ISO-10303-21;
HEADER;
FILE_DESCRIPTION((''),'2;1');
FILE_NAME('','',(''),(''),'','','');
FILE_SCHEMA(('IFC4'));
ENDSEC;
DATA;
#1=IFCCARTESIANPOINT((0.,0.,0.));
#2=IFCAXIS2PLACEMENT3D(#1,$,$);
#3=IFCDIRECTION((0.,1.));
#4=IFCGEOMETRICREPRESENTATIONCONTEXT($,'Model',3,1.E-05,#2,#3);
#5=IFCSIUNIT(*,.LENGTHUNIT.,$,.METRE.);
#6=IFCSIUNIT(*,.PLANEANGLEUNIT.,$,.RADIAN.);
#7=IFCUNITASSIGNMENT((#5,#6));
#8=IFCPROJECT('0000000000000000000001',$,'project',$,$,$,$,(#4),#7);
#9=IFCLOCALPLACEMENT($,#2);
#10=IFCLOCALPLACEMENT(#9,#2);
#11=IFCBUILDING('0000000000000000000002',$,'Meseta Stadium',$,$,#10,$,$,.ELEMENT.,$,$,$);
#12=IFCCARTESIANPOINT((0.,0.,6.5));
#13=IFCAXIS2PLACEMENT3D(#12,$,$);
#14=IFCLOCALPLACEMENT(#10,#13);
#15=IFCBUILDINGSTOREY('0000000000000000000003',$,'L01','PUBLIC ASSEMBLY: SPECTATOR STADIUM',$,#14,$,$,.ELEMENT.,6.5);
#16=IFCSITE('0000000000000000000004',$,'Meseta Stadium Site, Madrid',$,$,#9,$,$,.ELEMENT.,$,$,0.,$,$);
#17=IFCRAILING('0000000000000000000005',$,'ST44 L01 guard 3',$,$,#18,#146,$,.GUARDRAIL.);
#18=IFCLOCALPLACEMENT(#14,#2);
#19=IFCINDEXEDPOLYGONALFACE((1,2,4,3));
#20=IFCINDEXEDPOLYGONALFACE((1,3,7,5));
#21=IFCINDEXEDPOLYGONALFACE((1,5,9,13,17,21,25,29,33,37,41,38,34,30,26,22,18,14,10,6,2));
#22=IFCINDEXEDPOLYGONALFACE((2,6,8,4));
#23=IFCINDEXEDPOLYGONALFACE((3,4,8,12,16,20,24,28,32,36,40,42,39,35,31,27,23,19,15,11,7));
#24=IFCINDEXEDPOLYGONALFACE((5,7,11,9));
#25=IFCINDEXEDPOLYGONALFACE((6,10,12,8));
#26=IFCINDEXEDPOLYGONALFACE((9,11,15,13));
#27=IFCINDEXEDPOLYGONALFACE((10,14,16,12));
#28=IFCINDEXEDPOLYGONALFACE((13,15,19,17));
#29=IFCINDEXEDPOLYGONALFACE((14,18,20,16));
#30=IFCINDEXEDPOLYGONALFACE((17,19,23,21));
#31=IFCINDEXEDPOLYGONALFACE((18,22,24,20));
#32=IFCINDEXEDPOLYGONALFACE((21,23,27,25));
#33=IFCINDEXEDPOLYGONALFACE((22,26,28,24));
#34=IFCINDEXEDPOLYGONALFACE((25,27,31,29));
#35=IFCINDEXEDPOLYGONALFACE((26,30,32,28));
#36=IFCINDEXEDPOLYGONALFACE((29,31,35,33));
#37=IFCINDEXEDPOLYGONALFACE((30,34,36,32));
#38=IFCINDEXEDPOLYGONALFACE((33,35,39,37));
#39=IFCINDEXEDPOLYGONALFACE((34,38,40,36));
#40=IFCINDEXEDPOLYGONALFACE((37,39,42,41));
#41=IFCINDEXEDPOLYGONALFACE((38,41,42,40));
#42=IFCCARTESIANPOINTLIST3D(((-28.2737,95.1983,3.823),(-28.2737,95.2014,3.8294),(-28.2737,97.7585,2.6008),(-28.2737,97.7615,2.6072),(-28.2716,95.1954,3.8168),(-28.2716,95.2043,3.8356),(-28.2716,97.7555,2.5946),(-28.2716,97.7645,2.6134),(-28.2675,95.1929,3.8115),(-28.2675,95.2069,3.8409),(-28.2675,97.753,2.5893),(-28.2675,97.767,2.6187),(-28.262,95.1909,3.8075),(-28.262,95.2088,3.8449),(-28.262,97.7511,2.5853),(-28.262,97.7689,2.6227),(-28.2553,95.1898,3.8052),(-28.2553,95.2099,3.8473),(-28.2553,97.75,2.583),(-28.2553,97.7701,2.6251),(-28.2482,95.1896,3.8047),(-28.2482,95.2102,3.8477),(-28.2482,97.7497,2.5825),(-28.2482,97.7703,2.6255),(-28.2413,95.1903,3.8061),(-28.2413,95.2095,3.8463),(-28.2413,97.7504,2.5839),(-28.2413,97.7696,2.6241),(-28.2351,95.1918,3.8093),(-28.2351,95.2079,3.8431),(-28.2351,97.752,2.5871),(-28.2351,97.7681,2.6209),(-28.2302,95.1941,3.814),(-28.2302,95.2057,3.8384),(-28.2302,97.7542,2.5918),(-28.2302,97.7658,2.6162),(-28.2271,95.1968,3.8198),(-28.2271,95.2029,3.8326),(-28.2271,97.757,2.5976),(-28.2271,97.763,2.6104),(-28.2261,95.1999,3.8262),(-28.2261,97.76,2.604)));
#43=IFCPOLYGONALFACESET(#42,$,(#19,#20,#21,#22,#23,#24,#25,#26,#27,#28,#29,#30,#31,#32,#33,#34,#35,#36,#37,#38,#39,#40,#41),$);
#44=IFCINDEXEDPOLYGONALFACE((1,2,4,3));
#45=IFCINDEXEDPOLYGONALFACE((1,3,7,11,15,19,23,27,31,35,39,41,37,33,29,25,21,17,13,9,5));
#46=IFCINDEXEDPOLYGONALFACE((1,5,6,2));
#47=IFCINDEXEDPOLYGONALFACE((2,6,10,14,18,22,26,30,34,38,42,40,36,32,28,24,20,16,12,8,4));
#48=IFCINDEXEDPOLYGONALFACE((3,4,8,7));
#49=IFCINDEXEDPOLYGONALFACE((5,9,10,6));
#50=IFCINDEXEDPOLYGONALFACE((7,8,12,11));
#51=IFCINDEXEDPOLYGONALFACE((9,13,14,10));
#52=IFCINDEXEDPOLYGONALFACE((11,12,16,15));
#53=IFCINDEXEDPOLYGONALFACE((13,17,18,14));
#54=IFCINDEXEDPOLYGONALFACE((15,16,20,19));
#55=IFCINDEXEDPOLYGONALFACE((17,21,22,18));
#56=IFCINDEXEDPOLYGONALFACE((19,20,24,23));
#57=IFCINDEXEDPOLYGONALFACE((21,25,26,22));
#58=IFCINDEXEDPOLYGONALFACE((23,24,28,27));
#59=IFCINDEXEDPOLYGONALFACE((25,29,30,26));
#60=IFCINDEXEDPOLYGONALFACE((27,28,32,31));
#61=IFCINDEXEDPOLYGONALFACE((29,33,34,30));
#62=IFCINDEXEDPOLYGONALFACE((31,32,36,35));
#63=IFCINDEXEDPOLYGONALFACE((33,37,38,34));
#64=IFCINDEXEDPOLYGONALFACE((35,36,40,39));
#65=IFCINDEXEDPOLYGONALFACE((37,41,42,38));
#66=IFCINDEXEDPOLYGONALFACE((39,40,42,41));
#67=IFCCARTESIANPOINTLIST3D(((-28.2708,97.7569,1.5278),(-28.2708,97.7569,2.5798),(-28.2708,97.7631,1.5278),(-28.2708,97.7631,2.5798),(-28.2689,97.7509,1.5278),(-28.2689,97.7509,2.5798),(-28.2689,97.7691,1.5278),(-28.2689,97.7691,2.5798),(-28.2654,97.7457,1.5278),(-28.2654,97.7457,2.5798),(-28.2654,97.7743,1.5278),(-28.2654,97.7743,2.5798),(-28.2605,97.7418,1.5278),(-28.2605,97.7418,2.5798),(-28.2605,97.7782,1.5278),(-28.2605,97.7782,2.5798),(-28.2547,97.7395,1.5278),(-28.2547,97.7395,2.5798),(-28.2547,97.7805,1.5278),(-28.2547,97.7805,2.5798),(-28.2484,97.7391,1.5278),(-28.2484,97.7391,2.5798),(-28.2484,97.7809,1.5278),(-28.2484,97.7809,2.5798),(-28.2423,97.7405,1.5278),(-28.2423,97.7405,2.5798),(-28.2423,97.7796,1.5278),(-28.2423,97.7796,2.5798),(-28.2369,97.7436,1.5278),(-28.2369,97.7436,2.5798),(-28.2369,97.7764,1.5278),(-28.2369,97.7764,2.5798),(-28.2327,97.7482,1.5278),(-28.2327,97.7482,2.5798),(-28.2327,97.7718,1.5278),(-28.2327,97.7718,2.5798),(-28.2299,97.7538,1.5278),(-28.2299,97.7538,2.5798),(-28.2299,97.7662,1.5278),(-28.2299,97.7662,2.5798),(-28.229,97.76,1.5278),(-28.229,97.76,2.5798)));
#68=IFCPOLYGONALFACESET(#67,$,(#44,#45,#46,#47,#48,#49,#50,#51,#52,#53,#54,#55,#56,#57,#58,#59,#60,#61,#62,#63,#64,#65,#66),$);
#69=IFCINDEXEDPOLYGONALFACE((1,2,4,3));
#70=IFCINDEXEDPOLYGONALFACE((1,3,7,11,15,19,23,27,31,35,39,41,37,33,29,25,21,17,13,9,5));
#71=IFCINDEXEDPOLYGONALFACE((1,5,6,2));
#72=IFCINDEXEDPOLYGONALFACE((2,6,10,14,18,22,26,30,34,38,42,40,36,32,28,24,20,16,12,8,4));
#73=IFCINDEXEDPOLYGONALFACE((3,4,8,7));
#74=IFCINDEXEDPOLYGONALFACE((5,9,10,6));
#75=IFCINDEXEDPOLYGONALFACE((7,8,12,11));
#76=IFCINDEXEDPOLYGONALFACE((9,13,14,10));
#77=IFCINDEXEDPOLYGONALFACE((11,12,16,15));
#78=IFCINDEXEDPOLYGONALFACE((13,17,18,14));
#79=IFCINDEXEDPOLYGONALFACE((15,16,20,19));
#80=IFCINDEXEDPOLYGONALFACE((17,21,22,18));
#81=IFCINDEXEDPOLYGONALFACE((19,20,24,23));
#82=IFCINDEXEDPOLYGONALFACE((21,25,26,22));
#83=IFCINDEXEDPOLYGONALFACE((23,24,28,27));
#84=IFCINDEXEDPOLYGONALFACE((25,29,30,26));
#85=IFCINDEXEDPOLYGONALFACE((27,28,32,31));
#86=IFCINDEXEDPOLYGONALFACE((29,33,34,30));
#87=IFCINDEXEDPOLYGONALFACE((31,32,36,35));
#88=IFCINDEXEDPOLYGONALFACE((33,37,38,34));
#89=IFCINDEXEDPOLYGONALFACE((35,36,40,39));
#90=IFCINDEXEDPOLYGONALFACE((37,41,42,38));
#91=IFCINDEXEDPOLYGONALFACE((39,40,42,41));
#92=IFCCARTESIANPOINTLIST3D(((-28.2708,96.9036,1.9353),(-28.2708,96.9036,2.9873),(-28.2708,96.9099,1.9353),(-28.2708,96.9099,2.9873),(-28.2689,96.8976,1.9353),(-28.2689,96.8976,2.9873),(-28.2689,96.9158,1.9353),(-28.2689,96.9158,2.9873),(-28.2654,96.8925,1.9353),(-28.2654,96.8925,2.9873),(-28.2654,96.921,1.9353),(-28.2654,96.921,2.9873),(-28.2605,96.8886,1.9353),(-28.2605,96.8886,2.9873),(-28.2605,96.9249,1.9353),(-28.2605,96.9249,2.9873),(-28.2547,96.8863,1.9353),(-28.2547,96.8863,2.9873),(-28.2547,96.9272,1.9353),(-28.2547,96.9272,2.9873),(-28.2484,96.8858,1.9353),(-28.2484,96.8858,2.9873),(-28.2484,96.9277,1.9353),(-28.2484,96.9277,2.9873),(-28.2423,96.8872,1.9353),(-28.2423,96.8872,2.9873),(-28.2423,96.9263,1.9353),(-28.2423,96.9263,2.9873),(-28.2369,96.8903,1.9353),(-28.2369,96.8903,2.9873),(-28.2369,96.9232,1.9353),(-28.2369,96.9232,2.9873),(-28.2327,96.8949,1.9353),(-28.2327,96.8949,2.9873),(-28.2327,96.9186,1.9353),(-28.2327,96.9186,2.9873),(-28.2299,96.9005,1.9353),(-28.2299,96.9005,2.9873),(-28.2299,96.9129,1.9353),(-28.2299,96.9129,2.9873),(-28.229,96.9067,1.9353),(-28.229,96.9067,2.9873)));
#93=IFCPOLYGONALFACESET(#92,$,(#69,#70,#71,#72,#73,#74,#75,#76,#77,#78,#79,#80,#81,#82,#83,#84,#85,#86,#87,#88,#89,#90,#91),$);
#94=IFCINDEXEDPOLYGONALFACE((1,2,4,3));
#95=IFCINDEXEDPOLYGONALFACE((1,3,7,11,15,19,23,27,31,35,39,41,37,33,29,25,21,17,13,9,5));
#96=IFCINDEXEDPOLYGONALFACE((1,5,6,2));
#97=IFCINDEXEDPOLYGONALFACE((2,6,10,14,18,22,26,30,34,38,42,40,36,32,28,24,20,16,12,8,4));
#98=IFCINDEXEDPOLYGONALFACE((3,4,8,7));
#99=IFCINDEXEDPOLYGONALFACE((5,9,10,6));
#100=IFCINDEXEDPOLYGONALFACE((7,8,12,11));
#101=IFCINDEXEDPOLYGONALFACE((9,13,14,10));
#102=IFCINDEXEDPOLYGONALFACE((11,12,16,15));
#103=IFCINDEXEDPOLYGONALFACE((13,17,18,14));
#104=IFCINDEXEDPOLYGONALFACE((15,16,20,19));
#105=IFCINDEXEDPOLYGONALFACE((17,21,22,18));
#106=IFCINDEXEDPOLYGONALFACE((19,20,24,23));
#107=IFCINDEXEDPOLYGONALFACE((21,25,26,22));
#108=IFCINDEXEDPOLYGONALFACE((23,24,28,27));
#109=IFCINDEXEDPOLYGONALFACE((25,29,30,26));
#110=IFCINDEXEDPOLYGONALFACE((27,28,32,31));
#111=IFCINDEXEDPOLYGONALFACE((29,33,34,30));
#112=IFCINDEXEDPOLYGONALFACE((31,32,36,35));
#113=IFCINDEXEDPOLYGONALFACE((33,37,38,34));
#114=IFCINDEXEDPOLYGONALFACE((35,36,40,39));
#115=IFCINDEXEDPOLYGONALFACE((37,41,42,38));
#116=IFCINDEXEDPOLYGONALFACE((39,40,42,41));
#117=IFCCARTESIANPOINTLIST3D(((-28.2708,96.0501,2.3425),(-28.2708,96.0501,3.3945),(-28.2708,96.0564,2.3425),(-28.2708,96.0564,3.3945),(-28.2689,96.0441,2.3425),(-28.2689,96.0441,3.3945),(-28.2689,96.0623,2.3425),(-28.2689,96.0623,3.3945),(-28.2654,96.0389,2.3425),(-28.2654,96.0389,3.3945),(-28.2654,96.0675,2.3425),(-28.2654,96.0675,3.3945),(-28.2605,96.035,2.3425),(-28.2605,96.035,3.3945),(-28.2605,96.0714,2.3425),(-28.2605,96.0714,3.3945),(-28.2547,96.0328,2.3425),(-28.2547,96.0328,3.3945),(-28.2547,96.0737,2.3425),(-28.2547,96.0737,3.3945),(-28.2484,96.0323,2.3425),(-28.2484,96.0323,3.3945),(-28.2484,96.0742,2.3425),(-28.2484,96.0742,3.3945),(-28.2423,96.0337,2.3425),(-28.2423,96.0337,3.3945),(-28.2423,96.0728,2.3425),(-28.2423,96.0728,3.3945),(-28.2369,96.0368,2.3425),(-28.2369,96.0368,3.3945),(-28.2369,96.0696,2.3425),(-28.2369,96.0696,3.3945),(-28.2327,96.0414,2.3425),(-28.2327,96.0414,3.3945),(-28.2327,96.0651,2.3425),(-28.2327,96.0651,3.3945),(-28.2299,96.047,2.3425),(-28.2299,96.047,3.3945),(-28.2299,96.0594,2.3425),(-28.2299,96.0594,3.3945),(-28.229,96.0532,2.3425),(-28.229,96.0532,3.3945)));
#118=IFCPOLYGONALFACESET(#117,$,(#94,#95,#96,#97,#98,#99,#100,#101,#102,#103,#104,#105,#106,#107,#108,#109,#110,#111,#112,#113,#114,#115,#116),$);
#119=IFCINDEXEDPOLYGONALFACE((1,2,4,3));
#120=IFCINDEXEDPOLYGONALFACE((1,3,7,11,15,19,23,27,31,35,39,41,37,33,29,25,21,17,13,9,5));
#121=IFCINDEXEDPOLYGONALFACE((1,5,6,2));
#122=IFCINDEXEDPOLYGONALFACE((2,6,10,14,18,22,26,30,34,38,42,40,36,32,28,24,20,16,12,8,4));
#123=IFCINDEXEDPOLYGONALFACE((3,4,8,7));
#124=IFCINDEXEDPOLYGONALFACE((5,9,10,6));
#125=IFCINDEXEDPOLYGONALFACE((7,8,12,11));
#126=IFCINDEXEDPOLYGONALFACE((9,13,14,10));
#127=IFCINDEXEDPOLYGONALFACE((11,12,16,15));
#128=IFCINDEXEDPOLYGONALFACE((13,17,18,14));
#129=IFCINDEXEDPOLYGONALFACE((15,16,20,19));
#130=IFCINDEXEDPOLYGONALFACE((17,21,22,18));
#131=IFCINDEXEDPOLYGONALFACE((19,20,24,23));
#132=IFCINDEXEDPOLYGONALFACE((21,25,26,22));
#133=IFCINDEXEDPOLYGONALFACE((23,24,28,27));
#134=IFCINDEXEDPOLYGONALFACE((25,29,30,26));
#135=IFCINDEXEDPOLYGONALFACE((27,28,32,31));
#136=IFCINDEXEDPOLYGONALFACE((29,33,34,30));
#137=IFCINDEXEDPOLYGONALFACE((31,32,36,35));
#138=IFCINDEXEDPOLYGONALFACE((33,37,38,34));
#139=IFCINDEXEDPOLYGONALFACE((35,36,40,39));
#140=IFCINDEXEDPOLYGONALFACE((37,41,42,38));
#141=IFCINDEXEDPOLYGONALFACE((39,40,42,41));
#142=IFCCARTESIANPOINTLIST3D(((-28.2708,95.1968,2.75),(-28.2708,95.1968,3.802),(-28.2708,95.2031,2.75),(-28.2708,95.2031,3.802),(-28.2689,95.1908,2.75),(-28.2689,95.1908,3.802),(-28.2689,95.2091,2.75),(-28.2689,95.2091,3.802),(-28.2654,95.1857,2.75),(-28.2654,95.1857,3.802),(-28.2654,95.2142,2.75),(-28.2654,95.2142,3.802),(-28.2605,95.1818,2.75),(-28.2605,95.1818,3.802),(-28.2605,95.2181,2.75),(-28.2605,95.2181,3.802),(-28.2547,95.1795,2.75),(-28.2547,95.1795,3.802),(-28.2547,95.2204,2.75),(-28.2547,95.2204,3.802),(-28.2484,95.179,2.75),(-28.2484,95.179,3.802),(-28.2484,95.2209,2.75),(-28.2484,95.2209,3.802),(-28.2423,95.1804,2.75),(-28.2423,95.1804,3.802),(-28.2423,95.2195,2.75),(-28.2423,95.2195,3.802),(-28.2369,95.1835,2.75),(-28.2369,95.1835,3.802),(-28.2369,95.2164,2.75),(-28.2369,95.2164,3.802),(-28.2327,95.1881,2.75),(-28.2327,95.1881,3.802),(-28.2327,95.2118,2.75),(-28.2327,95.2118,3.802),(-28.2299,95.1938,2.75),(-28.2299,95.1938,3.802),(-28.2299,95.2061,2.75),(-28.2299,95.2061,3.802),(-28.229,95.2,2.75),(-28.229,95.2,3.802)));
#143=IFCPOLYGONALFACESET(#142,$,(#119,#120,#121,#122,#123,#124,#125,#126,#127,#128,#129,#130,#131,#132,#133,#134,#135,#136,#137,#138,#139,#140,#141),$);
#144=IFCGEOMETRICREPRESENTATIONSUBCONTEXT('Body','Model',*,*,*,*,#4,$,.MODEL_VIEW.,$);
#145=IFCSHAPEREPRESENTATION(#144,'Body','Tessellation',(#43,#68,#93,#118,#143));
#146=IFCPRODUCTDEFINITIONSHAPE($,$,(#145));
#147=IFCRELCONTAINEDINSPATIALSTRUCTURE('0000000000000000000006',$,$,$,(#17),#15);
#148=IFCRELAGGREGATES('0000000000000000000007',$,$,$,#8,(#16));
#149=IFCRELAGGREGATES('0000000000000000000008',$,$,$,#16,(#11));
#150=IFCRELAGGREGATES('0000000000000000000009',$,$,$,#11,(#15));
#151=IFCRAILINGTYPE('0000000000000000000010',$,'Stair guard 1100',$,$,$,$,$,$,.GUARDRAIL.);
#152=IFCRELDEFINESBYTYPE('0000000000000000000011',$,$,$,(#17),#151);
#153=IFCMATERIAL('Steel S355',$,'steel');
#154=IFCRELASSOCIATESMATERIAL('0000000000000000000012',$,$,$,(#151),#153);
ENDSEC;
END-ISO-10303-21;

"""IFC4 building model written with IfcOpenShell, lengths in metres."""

from ifc_helpers import new_model, si_unit, direction, frame, origin, origin_2d, place, context, subcontext, project, spatial, circle, extrude, material, type_object, element, save


model = new_model("IFC4")

# Units and contexts
model_context = context("Model", 3, precision=1e-05, world=origin(), true_north=direction((0.0, 1.0)))
body_context = subcontext(model_context, "Body", "Model", "MODEL_VIEW")
ifc_project = project(units=[si_unit("LENGTHUNIT", "METRE"), si_unit("PLANEANGLEUNIT", "RADIAN")], contexts=[model_context])

# Site, building, storey
site_placement = place(None, origin())
site = spatial("IfcSite", under=ifc_project, at=site_placement, Name="Meseta Stadium Site, Madrid", CompositionType="ELEMENT", RefElevation=0.0)
building_placement = place(site_placement, origin())
building = spatial("IfcBuilding", under=site, at=building_placement, Name="Meseta Stadium", CompositionType="ELEMENT")
storey_placement = place(building_placement, frame((0.0, 0.0, 6.5)))
storey = spatial("IfcBuildingStorey", under=building, at=storey_placement, Name="L01", Description="PUBLIC ASSEMBLY: SPECTATOR STADIUM", CompositionType="ELEMENT", Elevation=6.5)

# Railing
ifc_material_1 = material(Name="Steel S355", Category="steel")
railing_type_1 = type_object("IfcRailingType", Name="Stair guard 1100", PredefinedType="GUARDRAIL", material=ifc_material_1)
railing_1_placement = place(storey_placement, frame((-28.25, 97.76, 1.5278)))
element("IfcRailing", 1, at=railing_1_placement, inside=storey, type_object=railing_type_1, Name="ST44 L01 guard 3", PredefinedType="GUARDRAIL", context=body_context, shape_type="SweptSolid", body=[
    extrude(circle(Radius=0.0239, at=origin_2d()), frame((0.0, 0.0, 1.0762), z_axis=(0.0, -0.902437, 0.430822), x_axis=(1.0, 0.0, 0.0)), (0.0, 0.0, 1.0), 2.8369),
    extrude(circle(Radius=0.021, at=origin_2d()), origin(), (0.0, 0.0, 1.0), 1.052),
    extrude(circle(Radius=0.021, at=origin_2d()), frame((0.0, -0.8533, 0.4075)), (0.0, 0.0, 1.0), 1.052),
    extrude(circle(Radius=0.021, at=origin_2d()), frame((0.0, -1.7068, 0.8147)), (0.0, 0.0, 1.0), 1.052),
    extrude(circle(Radius=0.021, at=origin_2d()), frame((0.0, -2.5601, 1.2222)), (0.0, 0.0, 1.0), 1.052),
])

save(model, "model.ifc")
